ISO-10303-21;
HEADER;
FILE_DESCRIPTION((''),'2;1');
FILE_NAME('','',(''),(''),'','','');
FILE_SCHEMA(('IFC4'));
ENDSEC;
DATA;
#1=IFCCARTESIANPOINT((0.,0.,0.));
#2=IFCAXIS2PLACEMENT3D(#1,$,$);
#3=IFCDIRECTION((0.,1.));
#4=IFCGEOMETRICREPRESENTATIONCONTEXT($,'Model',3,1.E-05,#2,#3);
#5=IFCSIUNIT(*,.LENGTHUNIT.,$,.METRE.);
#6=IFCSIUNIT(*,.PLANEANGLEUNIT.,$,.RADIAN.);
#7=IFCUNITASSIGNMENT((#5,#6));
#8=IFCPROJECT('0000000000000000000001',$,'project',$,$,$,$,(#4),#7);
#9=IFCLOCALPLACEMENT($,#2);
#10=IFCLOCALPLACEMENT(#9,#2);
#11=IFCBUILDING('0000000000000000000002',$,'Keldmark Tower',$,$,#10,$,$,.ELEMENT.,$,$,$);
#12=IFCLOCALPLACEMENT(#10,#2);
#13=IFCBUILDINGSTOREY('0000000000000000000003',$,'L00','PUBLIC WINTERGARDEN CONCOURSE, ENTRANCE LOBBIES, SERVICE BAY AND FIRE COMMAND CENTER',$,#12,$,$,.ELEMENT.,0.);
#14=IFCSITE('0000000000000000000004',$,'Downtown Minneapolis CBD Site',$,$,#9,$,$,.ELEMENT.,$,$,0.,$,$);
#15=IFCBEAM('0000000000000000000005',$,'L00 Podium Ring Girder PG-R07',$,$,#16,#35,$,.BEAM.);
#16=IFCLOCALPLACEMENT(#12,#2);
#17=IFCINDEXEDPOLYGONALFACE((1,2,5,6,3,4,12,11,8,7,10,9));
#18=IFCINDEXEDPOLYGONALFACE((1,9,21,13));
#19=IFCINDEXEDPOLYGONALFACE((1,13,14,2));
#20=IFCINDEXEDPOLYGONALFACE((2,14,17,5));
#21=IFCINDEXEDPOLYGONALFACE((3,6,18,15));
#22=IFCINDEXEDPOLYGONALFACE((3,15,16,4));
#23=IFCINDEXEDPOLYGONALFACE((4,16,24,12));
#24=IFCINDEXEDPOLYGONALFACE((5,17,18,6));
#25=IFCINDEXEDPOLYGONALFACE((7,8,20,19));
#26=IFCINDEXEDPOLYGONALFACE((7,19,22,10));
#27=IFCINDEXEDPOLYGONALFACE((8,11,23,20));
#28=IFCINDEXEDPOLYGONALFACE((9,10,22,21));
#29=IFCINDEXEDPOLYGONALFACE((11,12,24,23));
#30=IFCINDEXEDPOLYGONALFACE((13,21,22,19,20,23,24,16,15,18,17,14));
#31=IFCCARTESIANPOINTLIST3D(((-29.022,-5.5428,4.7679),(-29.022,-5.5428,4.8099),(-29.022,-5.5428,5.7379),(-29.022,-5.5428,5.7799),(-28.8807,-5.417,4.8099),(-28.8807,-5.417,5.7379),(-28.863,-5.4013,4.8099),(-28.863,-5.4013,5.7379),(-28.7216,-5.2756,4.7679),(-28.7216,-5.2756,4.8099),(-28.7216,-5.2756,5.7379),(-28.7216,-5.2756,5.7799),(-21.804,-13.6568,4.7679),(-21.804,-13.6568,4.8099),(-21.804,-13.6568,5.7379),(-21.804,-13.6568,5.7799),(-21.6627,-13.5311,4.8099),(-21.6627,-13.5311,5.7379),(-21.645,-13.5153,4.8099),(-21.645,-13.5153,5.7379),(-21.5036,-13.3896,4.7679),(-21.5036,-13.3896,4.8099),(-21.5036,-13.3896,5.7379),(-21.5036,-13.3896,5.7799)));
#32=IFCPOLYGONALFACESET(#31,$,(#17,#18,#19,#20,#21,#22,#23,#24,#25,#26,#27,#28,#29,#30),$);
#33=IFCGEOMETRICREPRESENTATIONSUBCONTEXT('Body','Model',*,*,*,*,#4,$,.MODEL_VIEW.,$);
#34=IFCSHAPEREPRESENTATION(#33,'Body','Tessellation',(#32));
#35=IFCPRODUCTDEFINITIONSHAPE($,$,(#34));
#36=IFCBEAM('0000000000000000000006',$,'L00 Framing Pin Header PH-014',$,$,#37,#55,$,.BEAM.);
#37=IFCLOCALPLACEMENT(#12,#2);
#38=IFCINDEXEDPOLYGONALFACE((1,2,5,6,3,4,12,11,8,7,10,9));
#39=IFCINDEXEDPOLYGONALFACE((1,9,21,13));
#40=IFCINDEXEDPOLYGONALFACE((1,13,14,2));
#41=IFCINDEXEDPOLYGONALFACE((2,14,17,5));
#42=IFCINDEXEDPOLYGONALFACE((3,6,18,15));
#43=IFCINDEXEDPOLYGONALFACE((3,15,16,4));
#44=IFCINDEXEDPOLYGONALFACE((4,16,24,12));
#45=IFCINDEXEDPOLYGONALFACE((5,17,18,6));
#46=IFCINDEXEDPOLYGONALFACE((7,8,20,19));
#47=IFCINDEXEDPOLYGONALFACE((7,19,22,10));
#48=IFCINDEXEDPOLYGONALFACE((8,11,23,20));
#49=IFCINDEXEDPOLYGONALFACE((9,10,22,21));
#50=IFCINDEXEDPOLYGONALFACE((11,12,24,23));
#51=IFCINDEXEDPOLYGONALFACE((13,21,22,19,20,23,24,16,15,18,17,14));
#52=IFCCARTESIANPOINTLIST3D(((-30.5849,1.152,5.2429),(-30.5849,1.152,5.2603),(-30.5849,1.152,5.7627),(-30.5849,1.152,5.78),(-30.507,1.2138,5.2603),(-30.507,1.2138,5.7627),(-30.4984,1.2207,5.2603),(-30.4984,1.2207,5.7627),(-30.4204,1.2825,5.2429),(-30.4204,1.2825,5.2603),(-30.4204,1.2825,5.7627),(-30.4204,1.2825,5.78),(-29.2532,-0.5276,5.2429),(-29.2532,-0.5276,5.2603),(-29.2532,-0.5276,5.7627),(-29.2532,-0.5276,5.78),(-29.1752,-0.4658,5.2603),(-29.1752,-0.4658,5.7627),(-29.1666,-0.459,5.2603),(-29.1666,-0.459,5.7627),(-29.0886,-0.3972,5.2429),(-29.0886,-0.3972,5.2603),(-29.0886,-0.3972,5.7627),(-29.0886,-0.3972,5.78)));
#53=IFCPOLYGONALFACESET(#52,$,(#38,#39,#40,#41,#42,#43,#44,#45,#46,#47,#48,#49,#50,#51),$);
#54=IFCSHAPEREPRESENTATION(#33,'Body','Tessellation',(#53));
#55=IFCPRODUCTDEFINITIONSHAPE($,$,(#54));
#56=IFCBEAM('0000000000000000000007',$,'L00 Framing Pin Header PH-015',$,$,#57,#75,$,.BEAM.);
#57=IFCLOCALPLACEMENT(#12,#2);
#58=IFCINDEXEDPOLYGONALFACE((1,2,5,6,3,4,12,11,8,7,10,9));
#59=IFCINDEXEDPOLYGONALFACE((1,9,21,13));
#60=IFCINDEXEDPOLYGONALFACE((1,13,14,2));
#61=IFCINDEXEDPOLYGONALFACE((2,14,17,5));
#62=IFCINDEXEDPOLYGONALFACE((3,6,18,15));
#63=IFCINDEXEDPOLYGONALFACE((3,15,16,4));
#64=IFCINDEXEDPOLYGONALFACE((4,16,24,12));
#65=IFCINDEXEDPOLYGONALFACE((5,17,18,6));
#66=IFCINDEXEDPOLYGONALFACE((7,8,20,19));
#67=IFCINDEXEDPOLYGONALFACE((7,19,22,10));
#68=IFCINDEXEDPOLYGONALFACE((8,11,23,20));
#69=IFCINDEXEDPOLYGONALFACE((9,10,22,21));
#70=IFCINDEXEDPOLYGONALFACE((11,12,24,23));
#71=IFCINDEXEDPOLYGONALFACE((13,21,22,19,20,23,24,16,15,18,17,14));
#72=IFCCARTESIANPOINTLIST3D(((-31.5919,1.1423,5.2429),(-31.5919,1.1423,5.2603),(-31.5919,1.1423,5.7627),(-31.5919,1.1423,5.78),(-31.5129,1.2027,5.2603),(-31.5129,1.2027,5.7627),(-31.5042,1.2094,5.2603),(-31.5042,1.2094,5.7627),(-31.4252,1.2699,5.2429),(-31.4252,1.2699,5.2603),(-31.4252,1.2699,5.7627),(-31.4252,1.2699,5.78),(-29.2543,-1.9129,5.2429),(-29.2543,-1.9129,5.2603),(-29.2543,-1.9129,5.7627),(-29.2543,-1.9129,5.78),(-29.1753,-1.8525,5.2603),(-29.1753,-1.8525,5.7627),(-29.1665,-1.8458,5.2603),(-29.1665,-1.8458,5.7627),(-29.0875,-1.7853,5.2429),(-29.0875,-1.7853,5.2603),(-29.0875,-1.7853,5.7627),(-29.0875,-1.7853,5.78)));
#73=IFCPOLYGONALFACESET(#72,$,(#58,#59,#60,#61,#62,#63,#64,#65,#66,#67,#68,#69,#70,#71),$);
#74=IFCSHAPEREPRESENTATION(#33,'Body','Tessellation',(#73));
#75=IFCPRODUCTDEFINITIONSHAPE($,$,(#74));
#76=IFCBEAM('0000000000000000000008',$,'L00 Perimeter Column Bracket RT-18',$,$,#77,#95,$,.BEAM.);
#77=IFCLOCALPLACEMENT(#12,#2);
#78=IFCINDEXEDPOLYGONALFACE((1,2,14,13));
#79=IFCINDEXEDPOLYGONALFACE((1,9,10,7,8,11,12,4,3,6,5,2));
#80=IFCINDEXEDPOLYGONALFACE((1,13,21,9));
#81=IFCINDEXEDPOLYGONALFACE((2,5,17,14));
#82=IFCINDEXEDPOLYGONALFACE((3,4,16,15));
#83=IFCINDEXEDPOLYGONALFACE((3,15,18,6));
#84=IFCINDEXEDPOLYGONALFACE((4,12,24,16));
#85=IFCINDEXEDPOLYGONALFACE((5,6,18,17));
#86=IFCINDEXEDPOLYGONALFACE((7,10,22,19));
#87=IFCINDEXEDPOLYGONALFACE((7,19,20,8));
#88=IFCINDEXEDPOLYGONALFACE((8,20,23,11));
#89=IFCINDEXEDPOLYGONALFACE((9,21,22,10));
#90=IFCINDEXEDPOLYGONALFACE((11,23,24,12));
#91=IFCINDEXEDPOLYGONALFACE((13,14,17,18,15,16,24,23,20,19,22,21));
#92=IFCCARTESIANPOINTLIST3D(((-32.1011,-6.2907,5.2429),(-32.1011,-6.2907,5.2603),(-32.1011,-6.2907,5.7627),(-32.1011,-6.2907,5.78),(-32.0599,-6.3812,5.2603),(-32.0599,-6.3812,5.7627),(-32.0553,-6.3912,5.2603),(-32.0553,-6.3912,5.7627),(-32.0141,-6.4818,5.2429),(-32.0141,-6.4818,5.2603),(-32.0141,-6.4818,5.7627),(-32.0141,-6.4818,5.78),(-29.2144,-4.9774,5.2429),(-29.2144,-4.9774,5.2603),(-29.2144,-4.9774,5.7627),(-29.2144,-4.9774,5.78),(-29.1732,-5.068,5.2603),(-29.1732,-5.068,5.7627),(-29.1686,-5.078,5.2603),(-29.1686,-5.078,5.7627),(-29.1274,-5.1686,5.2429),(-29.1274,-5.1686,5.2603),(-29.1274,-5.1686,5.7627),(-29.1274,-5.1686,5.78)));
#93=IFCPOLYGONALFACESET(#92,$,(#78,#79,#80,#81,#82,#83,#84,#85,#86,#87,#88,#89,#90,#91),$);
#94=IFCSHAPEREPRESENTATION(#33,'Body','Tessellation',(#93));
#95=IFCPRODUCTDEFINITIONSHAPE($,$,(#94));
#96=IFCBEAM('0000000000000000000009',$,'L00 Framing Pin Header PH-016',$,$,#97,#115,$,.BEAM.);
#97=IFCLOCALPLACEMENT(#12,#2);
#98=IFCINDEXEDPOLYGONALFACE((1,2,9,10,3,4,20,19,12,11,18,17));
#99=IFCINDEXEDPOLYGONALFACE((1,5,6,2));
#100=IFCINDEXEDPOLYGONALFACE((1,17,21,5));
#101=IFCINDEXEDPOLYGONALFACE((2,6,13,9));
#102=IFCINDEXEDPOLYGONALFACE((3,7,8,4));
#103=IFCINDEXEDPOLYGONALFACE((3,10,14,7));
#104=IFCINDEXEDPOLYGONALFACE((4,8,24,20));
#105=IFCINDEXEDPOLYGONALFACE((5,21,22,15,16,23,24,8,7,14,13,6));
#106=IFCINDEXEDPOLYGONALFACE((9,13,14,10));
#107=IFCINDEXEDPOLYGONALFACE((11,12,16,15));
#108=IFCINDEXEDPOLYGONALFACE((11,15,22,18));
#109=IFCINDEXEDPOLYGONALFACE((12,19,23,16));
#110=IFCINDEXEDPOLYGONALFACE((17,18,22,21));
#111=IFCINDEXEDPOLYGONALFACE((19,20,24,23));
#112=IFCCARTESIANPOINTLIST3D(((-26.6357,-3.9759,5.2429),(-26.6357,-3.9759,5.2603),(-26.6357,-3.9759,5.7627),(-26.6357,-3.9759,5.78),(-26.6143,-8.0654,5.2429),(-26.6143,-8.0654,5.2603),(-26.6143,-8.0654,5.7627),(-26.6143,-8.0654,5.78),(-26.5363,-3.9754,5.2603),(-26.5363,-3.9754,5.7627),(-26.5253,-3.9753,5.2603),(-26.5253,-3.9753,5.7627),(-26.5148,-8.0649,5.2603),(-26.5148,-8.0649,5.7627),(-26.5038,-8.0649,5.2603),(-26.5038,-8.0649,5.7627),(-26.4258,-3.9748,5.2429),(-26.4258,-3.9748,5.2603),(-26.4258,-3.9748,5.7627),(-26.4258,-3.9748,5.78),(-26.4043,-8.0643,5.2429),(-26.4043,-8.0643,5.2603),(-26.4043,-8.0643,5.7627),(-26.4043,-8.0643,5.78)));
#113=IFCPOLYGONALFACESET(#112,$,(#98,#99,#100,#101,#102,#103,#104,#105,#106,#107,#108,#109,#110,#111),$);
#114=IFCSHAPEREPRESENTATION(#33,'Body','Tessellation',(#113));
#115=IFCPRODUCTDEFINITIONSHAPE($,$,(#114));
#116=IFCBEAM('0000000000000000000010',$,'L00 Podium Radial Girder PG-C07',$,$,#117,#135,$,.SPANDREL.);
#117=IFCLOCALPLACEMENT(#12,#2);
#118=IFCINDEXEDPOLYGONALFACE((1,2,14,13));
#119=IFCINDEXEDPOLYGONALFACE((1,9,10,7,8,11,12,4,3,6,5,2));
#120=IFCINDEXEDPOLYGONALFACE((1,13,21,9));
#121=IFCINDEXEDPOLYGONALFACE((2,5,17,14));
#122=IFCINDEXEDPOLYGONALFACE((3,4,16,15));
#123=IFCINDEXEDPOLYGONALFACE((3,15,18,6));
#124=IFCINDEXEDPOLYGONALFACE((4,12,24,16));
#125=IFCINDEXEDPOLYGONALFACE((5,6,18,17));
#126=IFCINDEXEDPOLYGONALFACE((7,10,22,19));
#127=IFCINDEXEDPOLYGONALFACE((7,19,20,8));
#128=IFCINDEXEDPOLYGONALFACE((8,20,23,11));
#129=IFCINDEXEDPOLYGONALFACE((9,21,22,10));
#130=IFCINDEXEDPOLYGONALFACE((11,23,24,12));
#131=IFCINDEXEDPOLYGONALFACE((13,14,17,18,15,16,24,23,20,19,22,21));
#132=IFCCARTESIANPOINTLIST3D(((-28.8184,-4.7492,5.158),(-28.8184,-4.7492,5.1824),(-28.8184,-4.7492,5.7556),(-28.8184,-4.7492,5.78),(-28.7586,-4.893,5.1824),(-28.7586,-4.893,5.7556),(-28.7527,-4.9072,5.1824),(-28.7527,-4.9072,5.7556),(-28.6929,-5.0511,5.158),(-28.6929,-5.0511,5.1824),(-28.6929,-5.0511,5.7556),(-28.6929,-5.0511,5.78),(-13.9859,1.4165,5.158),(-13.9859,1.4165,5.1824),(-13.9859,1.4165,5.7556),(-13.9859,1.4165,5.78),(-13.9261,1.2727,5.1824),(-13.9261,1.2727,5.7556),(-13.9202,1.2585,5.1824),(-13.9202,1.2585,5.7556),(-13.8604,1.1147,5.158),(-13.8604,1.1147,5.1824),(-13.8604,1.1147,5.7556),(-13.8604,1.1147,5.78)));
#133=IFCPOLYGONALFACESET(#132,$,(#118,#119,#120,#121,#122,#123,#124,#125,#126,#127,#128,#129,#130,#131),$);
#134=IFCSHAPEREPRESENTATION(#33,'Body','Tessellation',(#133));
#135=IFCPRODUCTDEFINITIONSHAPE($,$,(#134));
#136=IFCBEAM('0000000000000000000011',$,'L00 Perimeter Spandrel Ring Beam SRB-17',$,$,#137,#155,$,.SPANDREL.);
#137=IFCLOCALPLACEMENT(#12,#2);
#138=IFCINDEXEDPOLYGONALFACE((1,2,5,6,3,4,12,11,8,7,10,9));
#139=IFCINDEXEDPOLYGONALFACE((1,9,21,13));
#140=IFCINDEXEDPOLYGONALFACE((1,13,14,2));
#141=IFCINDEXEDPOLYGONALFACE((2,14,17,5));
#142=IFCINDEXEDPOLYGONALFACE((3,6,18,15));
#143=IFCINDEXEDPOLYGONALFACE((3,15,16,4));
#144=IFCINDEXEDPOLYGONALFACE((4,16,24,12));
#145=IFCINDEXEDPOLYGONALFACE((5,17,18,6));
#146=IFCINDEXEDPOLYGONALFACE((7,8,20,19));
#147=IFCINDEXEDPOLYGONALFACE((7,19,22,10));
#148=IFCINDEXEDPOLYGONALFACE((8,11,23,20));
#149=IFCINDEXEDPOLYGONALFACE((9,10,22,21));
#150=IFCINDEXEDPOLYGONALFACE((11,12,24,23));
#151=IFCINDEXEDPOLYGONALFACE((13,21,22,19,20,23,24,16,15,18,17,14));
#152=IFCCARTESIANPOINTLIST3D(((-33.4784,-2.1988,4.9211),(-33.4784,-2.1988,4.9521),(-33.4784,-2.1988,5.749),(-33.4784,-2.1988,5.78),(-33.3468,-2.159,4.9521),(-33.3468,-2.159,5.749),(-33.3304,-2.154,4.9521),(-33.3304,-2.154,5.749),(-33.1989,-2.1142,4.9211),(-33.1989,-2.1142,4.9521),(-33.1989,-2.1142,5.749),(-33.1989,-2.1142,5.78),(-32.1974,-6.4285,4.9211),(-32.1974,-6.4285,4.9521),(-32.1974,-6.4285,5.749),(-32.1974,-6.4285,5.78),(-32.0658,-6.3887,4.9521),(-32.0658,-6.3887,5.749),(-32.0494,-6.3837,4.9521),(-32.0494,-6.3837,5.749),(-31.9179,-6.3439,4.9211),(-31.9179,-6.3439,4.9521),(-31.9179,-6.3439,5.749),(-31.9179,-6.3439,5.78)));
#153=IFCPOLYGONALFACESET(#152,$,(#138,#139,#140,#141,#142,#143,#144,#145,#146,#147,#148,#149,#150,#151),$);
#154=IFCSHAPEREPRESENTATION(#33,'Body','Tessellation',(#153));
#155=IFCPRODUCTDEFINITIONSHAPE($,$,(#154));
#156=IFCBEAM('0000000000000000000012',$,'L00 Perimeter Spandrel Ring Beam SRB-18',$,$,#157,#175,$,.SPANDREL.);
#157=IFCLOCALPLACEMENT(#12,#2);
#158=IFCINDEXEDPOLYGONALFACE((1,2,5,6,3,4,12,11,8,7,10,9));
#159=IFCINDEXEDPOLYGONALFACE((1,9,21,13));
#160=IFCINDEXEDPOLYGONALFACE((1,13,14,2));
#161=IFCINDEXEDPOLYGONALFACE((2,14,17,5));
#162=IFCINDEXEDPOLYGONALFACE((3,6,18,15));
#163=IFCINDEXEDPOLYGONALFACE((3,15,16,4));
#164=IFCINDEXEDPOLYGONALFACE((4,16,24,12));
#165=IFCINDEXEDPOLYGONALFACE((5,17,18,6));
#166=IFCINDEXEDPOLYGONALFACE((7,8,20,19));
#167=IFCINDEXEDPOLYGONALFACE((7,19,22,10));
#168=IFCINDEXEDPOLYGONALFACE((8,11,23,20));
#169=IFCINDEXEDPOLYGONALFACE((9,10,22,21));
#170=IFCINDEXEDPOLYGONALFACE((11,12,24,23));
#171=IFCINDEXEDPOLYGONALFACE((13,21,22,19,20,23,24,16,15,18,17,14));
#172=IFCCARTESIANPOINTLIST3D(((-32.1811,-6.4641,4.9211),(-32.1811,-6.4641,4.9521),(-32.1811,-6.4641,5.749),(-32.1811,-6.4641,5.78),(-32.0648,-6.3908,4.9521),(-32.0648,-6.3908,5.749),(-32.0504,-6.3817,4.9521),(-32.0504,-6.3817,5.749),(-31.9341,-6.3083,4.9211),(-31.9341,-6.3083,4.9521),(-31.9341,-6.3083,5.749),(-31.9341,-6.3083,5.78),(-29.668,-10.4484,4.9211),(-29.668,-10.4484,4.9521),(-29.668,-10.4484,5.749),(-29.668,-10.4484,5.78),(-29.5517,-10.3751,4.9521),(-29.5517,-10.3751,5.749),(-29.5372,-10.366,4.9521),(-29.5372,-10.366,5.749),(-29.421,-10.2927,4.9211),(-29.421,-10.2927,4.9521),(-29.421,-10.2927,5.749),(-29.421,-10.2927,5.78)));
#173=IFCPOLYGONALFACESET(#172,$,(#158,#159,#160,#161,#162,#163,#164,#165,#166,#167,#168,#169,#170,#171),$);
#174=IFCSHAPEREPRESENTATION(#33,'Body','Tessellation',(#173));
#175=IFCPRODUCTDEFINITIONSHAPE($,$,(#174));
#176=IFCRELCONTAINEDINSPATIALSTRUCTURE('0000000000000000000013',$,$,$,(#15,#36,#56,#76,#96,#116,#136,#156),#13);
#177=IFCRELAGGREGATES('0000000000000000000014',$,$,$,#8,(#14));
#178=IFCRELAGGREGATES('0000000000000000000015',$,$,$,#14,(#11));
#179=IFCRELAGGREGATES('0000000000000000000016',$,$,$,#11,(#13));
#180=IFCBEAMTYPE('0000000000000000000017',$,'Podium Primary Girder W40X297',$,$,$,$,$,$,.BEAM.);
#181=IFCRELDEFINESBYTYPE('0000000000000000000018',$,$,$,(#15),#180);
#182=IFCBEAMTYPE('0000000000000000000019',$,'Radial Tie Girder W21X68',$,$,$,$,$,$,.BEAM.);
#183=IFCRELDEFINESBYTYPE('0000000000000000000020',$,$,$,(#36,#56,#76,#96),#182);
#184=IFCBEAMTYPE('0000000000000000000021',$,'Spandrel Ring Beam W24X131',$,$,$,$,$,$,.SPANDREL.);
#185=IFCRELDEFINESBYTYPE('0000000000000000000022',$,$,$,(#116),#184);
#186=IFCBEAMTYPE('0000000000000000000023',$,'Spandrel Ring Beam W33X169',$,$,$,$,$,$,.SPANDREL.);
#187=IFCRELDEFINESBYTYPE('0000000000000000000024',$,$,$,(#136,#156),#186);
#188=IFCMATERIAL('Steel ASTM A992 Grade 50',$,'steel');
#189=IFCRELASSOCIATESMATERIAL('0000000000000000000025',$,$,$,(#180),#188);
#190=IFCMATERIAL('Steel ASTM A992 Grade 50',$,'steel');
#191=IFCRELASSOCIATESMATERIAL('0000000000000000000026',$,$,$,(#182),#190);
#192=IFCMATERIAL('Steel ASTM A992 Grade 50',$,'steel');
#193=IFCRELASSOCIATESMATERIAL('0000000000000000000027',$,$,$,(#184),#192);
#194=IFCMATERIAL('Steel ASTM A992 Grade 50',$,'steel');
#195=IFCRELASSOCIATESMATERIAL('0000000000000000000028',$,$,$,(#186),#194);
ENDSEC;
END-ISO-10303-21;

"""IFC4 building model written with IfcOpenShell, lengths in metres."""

from ifc_helpers import new_model, si_unit, direction, frame, origin, origin_2d, place, context, subcontext, project, spatial, i_section, extrude, material, material_profile, profile_set, type_object, element, save


model = new_model("IFC4")

# Units and contexts
model_context = context("Model", 3, precision=1e-05, world=origin(), true_north=direction((0.0, 1.0)))
body_context = subcontext(model_context, "Body", "Model", "MODEL_VIEW")
ifc_project = project(units=[si_unit("LENGTHUNIT", "METRE"), si_unit("PLANEANGLEUNIT", "RADIAN")], contexts=[model_context])

# Site, building, storey
site_placement = place(None, origin())
site = spatial("IfcSite", under=ifc_project, at=site_placement, Name="Downtown Minneapolis CBD Site", CompositionType="ELEMENT", RefElevation=0.0)
building_placement = place(site_placement, origin())
building = spatial("IfcBuilding", under=site, at=building_placement, Name="Keldmark Tower", CompositionType="ELEMENT")
storey_placement = place(building_placement, origin())
storey = spatial("IfcBuildingStorey", under=building, at=storey_placement, Name="L00", Description="PUBLIC WINTERGARDEN CONCOURSE, ENTRANCE LOBBIES, SERVICE BAY AND FIRE COMMAND CENTER", CompositionType="ELEMENT", Elevation=0.0)

# Beams
ifc_material_1 = material(Name="Steel ASTM A992 Grade 50", Category="steel")
ifc_material_profile_1 = material_profile(ifc_material_1, i_section(OverallWidth=0.4021, OverallDepth=1.012, WebThickness=0.0237, FlangeThickness=0.042, at=origin_2d()), Name="W40X297")
ifc_profile_set_1 = profile_set([ifc_material_profile_1], Name="Steel ASTM A992 Grade 50")
beam_type_1 = type_object("IfcBeamType", Name="Podium Primary Girder W40X297", PredefinedType="BEAM", material=ifc_profile_set_1)
beam_1_placement = place(storey_placement, frame((-28.8718, -5.4092, 5.2739), z_axis=(0.66465, -0.747155, 0.0), x_axis=(0.747155, 0.66465, 0.0)))
element("IfcBeam", 1, at=beam_1_placement, inside=storey, type_object=beam_type_1, Name="L00 Podium Ring Girder PG-R07", PredefinedType="BEAM", context=body_context, shape_type="SweptSolid", body=[
    extrude(i_section(OverallWidth=0.4021, OverallDepth=1.012, WebThickness=0.0237, FlangeThickness=0.042, at=origin_2d()), origin(), (0.0, 0.0, 1.0), 10.8599),
])
ifc_material_2 = material(Name="Steel ASTM A992 Grade 50", Category="steel")
ifc_material_profile_2 = material_profile(ifc_material_2, i_section(OverallWidth=0.21, OverallDepth=0.5371, WebThickness=0.011, FlangeThickness=0.0173, at=origin_2d()), Name="W21X68")
ifc_profile_set_2 = profile_set([ifc_material_profile_2], Name="Steel ASTM A992 Grade 50")
beam_type_2 = type_object("IfcBeamType", Name="Radial Tie Girder W21X68", PredefinedType="BEAM", material=ifc_profile_set_2)
beam_2_placement = place(storey_placement, frame((-29.1709, -0.4624, 5.5115), z_axis=(-0.621286, 0.783584, 0.0), x_axis=(-0.783584, -0.621286, 0.0)))
element("IfcBeam", 2, at=beam_2_placement, inside=storey, type_object=beam_type_2, Name="L00 Framing Pin Header PH-014", PredefinedType="BEAM", context=body_context, shape_type="SweptSolid", body=[
    extrude(i_section(OverallWidth=0.21, OverallDepth=0.5371, WebThickness=0.011, FlangeThickness=0.0173, at=origin_2d()), origin(), (0.0, 0.0, 1.0), 2.1436),
])
beam_3_placement = place(storey_placement, frame((-29.1709, -1.8491, 5.5115), z_axis=(-0.607669, 0.79419, 0.0), x_axis=(-0.79419, -0.607669, 0.0)))
element("IfcBeam", 3, at=beam_3_placement, inside=storey, type_object=beam_type_2, Name="L00 Framing Pin Header PH-015", PredefinedType="BEAM", context=body_context, shape_type="SweptSolid", body=[
    extrude(i_section(OverallWidth=0.21, OverallDepth=0.5371, WebThickness=0.011, FlangeThickness=0.0173, at=origin_2d()), origin(), (0.0, 0.0, 1.0), 3.8469),
])
beam_4_placement = place(storey_placement, frame((-29.1709, -5.073, 5.5115), z_axis=(-0.910237, -0.414087, 0.0), x_axis=(0.414087, -0.910237, 0.0)))
element("IfcBeam", 4, at=beam_4_placement, inside=storey, type_object=beam_type_2, Name="L00 Perimeter Column Bracket RT-18", PredefinedType="BEAM", context=body_context, shape_type="SweptSolid", body=[
    extrude(i_section(OverallWidth=0.21, OverallDepth=0.5371, WebThickness=0.011, FlangeThickness=0.0173, at=origin_2d()), origin(), (0.0, 0.0, 1.0), 3.1714),
])
beam_5_placement = place(storey_placement, frame((-26.5308, -3.9753, 5.5115), z_axis=(0.005253, -0.999986, 0.0), x_axis=(0.999986, 0.005253, 0.0)))
element("IfcBeam", 5, at=beam_5_placement, inside=storey, type_object=beam_type_2, Name="L00 Framing Pin Header PH-016", PredefinedType="BEAM", context=body_context, shape_type="SweptSolid", body=[
    extrude(i_section(OverallWidth=0.21, OverallDepth=0.5371, WebThickness=0.011, FlangeThickness=0.0173, at=origin_2d()), origin(), (0.0, 0.0, 1.0), 4.0896),
])
ifc_material_3 = material(Name="Steel ASTM A992 Grade 50", Category="steel")
ifc_material_profile_3 = material_profile(ifc_material_3, i_section(OverallWidth=0.3269, OverallDepth=0.6221, WebThickness=0.0154, FlangeThickness=0.0244, at=origin_2d()), Name="W24X131")
ifc_profile_set_3 = profile_set([ifc_material_profile_3], Name="Steel ASTM A992 Grade 50")
beam_type_3 = type_object("IfcBeamType", Name="Spandrel Ring Beam W24X131", PredefinedType="SPANDREL", material=ifc_profile_set_3)
beam_6_placement = place(storey_placement, frame((-28.7556, -4.9001, 5.469), z_axis=(0.923396, 0.383849, 0.0), x_axis=(-0.383849, 0.923396, 0.0)))
element("IfcBeam", 6, at=beam_6_placement, inside=storey, type_object=beam_type_3, Name="L00 Podium Radial Girder PG-C07", PredefinedType="SPANDREL", context=body_context, shape_type="SweptSolid", body=[
    extrude(i_section(OverallWidth=0.3269, OverallDepth=0.6221, WebThickness=0.0154, FlangeThickness=0.0244, at=origin_2d()), origin(), (0.0, 0.0, 1.0), 16.063),
])
ifc_material_4 = material(Name="Steel ASTM A992 Grade 50", Category="steel")
ifc_material_profile_4 = material_profile(ifc_material_4, i_section(OverallWidth=0.292, OverallDepth=0.8589, WebThickness=0.0171, FlangeThickness=0.031, at=origin_2d()), Name="W33X169")
ifc_profile_set_4 = profile_set([ifc_material_profile_4], Name="Steel ASTM A992 Grade 50")
beam_type_4 = type_object("IfcBeamType", Name="Spandrel Ring Beam W33X169", PredefinedType="SPANDREL", material=ifc_profile_set_4)
beam_7_placement = place(storey_placement, frame((-33.3386, -2.1565, 5.3506), z_axis=(0.289856, -0.95707, 0.0), x_axis=(0.95707, 0.289856, 0.0)))
element("IfcBeam", 7, at=beam_7_placement, inside=storey, type_object=beam_type_4, Name="L00 Perimeter Spandrel Ring Beam SRB-17", PredefinedType="SPANDREL", context=body_context, shape_type="SweptSolid", body=[
    extrude(i_section(OverallWidth=0.292, OverallDepth=0.8589, WebThickness=0.0171, FlangeThickness=0.031, at=origin_2d()), origin(), (0.0, 0.0, 1.0), 4.4194),
])
beam_8_placement = place(storey_placement, frame((-32.0576, -6.3862, 5.3506), z_axis=(0.533498, -0.845802, 0.0), x_axis=(0.845802, 0.533498, 0.0)))
element("IfcBeam", 8, at=beam_8_placement, inside=storey, type_object=beam_type_4, Name="L00 Perimeter Spandrel Ring Beam SRB-18", PredefinedType="SPANDREL", context=body_context, shape_type="SweptSolid", body=[
    extrude(i_section(OverallWidth=0.292, OverallDepth=0.8589, WebThickness=0.0171, FlangeThickness=0.031, at=origin_2d()), origin(), (0.0, 0.0, 1.0), 4.7107),
])

save(model, "model.ifc")
